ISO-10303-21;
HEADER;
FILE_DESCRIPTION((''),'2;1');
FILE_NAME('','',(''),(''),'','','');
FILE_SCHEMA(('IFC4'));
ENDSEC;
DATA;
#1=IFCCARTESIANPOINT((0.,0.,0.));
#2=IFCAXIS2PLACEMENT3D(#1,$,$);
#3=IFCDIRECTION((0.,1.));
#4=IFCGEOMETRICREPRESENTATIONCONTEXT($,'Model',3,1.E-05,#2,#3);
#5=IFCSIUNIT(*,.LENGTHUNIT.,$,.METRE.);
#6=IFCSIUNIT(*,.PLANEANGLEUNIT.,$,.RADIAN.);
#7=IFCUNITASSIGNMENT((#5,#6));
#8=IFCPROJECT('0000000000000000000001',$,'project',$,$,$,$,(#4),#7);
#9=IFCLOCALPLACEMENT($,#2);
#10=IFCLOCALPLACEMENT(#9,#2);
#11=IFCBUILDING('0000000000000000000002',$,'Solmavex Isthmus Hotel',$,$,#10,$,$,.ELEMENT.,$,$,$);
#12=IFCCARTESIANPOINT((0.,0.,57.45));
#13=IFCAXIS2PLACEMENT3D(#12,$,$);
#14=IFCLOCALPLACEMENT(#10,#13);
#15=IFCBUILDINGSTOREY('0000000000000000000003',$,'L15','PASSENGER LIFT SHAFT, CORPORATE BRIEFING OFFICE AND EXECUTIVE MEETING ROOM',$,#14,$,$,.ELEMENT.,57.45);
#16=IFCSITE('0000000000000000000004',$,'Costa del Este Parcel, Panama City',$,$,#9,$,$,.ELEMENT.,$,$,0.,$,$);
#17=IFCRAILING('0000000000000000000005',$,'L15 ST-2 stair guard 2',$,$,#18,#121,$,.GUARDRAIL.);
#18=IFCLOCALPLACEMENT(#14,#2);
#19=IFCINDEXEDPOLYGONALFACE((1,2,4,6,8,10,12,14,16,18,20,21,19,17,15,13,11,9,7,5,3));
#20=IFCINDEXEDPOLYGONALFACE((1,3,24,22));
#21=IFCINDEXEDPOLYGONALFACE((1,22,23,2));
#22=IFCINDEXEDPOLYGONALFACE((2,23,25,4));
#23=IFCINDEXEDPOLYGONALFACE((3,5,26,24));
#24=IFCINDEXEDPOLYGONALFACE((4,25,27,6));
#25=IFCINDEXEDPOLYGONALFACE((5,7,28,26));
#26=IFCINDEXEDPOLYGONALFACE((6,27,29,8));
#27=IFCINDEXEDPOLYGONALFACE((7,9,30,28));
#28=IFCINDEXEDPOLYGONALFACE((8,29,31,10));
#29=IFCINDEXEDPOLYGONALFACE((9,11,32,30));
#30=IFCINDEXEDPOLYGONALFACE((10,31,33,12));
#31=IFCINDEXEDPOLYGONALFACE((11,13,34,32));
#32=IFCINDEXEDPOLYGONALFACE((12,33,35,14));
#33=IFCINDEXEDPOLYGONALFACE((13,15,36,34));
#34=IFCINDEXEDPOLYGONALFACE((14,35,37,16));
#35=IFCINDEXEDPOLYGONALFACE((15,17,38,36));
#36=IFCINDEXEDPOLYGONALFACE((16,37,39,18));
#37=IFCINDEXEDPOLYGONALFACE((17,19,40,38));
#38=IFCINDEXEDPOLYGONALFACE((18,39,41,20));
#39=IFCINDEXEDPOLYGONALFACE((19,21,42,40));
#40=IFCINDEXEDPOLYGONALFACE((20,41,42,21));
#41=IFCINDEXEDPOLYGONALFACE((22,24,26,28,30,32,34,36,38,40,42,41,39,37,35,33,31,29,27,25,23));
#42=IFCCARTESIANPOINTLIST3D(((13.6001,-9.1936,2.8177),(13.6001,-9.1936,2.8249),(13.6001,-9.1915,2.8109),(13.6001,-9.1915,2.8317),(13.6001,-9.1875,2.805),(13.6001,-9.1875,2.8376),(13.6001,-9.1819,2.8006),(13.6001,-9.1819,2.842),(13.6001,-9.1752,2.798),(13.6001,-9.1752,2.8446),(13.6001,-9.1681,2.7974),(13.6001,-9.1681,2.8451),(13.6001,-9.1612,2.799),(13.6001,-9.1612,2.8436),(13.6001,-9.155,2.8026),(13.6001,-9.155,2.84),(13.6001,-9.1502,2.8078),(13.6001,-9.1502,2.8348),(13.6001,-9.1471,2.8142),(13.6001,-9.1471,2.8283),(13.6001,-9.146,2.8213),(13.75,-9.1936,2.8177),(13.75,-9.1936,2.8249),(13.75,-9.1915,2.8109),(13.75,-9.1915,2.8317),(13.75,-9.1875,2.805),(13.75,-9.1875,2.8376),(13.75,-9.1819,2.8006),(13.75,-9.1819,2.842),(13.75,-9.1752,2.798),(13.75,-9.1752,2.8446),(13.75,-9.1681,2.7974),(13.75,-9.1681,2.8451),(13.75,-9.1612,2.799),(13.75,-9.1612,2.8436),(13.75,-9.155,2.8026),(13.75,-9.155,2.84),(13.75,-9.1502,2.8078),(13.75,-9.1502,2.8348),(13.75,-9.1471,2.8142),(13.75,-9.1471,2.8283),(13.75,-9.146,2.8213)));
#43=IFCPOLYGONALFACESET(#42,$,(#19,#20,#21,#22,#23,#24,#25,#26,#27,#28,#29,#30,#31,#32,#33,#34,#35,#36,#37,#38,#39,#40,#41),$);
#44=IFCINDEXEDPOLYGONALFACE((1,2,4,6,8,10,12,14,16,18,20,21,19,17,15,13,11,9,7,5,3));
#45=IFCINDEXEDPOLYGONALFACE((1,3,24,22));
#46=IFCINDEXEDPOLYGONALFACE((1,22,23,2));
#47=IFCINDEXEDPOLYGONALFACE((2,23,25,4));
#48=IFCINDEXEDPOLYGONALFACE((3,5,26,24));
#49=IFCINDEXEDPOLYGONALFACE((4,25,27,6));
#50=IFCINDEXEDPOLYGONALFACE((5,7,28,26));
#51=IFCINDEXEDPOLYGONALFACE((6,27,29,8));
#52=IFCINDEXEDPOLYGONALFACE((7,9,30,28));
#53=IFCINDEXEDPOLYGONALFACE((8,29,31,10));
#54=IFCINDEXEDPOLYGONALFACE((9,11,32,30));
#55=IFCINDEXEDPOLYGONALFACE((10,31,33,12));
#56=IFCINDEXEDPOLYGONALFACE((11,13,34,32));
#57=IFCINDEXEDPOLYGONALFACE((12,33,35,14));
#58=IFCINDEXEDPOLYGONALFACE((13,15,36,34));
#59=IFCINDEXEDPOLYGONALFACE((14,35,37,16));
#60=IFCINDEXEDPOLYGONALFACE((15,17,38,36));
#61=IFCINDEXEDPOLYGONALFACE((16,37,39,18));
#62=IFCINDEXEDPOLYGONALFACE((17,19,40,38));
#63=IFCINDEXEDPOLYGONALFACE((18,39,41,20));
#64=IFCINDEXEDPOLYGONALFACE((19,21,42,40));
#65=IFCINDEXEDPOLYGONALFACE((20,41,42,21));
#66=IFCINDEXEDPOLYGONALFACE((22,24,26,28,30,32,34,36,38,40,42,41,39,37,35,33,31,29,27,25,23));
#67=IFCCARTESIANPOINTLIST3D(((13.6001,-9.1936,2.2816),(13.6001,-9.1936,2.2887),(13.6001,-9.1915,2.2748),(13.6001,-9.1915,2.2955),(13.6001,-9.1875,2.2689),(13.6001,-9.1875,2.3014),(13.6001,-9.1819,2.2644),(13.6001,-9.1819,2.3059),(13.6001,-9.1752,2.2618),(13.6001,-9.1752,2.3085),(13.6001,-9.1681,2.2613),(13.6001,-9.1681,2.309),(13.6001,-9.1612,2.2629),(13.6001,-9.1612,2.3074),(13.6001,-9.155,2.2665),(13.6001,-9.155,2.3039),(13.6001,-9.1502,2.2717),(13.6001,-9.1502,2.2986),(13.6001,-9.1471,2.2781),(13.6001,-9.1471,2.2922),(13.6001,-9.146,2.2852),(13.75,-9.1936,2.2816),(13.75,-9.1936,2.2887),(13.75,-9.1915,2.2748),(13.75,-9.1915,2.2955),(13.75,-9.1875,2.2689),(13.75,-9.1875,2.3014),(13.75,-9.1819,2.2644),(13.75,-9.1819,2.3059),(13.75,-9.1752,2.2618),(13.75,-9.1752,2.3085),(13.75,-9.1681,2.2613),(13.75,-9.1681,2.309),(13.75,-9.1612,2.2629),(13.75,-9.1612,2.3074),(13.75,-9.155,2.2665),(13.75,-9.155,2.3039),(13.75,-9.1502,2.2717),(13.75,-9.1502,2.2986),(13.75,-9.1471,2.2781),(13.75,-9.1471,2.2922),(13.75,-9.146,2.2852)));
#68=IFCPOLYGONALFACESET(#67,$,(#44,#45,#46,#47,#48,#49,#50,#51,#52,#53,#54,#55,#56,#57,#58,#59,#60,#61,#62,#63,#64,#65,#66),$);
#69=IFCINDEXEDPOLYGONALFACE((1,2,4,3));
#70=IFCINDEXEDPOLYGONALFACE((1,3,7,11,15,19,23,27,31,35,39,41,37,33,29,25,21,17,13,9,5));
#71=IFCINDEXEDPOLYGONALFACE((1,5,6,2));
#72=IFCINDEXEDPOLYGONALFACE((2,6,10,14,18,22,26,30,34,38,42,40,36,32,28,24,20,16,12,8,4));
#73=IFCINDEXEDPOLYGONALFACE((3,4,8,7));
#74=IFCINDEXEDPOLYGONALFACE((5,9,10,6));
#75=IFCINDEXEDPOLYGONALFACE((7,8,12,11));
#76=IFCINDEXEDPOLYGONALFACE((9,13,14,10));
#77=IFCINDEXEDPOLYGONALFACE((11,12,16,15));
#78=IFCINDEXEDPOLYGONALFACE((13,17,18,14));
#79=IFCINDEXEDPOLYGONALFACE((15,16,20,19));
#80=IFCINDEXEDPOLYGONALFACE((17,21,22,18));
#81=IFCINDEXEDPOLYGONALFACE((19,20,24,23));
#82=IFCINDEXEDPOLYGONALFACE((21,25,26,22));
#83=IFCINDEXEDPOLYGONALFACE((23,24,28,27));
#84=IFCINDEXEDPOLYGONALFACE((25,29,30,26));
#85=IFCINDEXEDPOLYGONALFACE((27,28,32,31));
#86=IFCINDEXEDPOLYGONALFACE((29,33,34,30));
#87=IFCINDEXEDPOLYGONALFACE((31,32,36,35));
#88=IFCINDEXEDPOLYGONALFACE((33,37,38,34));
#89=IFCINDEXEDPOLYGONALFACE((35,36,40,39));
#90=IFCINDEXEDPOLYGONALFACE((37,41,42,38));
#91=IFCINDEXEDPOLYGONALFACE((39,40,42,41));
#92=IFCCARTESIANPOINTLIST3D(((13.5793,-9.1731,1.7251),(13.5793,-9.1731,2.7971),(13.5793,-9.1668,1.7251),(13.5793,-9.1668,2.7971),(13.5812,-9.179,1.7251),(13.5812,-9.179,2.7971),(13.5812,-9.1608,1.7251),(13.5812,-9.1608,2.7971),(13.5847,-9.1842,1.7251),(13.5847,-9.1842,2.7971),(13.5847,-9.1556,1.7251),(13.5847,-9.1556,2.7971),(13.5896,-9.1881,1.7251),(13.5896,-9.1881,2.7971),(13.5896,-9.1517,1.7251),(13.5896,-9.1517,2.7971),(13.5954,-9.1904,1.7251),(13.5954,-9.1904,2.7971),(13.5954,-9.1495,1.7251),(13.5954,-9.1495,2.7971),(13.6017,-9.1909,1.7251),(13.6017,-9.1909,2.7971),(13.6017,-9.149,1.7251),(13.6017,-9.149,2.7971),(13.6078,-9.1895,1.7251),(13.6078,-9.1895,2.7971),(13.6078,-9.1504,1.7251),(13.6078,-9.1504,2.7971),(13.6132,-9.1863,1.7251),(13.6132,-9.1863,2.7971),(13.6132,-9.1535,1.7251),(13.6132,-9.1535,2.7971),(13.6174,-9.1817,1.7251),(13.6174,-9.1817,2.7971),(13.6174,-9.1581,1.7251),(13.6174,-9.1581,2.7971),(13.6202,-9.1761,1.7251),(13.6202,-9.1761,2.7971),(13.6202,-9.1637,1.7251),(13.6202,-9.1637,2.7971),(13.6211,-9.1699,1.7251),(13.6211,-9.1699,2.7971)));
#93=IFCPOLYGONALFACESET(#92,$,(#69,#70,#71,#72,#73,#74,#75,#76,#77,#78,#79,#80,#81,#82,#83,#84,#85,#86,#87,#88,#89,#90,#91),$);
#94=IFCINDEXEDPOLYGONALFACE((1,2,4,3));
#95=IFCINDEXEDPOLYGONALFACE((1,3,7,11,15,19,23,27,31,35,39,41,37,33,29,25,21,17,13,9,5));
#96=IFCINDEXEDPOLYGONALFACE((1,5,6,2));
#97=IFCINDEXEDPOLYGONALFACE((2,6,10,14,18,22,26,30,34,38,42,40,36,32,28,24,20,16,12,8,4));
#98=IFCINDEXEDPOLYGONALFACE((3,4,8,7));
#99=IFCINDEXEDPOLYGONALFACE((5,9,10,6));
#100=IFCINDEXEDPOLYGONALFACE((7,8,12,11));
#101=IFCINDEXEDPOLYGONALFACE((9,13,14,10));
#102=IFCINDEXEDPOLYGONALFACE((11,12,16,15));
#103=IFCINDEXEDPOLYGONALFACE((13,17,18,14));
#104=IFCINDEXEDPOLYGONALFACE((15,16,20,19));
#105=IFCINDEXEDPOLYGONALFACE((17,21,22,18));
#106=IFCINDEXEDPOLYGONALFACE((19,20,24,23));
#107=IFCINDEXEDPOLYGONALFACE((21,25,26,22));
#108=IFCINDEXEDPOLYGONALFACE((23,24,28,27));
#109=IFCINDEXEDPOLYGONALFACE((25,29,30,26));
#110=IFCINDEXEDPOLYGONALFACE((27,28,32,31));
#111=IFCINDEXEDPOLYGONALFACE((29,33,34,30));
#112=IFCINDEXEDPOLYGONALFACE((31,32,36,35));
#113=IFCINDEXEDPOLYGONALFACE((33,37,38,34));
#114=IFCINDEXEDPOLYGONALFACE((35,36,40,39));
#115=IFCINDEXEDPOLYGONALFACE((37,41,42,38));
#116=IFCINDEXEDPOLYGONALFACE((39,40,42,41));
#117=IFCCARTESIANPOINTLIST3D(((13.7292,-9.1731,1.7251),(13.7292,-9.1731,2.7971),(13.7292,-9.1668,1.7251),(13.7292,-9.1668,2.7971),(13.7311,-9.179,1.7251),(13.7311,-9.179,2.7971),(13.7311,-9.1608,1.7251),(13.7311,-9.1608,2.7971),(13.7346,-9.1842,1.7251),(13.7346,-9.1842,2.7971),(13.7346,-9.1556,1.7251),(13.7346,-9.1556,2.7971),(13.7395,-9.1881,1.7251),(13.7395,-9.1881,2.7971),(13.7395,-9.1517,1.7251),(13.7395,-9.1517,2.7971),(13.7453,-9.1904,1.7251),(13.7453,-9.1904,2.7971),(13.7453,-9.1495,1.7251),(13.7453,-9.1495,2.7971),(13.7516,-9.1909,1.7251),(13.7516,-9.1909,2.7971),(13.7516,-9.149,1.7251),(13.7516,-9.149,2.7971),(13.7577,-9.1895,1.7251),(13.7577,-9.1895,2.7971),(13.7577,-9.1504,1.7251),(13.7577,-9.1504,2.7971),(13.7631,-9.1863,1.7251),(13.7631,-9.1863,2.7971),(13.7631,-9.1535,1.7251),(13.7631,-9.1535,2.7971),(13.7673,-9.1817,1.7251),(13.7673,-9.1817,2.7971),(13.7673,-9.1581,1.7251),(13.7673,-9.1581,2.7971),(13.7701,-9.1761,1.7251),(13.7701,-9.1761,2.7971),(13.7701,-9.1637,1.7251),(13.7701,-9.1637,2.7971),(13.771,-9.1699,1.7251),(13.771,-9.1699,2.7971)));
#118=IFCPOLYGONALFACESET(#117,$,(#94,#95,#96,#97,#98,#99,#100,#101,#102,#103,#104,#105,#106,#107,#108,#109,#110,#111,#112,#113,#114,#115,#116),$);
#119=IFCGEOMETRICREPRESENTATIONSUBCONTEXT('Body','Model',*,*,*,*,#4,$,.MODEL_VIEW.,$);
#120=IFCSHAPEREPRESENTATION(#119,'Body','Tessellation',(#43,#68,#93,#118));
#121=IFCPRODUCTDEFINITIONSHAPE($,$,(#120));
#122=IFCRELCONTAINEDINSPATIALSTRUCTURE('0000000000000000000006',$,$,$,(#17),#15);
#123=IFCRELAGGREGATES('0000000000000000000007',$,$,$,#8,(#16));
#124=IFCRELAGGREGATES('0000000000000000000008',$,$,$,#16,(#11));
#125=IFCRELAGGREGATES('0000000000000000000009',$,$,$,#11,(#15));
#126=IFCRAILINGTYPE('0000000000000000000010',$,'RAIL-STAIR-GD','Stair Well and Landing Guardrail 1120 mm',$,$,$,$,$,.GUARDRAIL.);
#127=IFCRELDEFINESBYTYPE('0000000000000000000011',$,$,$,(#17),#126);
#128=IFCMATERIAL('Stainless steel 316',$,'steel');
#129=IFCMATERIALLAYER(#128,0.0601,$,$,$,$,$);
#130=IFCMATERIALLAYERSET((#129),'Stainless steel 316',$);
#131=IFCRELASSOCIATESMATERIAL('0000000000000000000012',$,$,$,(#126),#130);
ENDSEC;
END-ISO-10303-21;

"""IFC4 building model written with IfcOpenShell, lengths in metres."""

from ifc_helpers import new_model, si_unit, direction, frame, origin, origin_2d, place, context, subcontext, project, spatial, circle, extrude, material, layer, layer_set, type_object, element, save


model = new_model("IFC4")

# Units and contexts
model_context = context("Model", 3, precision=1e-05, world=origin(), true_north=direction((0.0, 1.0)))
body_context = subcontext(model_context, "Body", "Model", "MODEL_VIEW")
ifc_project = project(units=[si_unit("LENGTHUNIT", "METRE"), si_unit("PLANEANGLEUNIT", "RADIAN")], contexts=[model_context])

# Site, building, storey
site_placement = place(None, origin())
site = spatial("IfcSite", under=ifc_project, at=site_placement, Name="Costa del Este Parcel, Panama City", CompositionType="ELEMENT", RefElevation=0.0)
building_placement = place(site_placement, origin())
building = spatial("IfcBuilding", under=site, at=building_placement, Name="Solmavex Isthmus Hotel", CompositionType="ELEMENT")
storey_placement = place(building_placement, frame((0.0, 0.0, 57.45)))
storey = spatial("IfcBuildingStorey", under=building, at=storey_placement, Name="L15", Description="PASSENGER LIFT SHAFT, CORPORATE BRIEFING OFFICE AND EXECUTIVE MEETING ROOM", CompositionType="ELEMENT", Elevation=57.45)

# Railing
ifc_material_1 = material(Name="Stainless steel 316", Category="steel")
ifc_layer_1 = layer(ifc_material_1, 0.0601)
ifc_layer_set_1 = layer_set([ifc_layer_1], Name="Stainless steel 316")
railing_type_1 = type_object("IfcRailingType", Name="RAIL-STAIR-GD", Description="Stair Well and Landing Guardrail 1120 mm", PredefinedType="GUARDRAIL", material=ifc_layer_set_1)
railing_1_placement = place(storey_placement, frame((13.6001, -9.1699, 1.7251)))
element("IfcRailing", 1, at=railing_1_placement, inside=storey, type_object=railing_type_1, Name="L15 ST-2 stair guard 2", PredefinedType="GUARDRAIL", context=body_context, shape_type="SweptSolid", body=[
    extrude(circle(Radius=0.0239, at=origin_2d()), frame((0.0, 0.0, 1.0962), z_axis=(1.0, 0.0, 0.0), x_axis=(0.0, 1.0, 0.0)), (0.0, 0.0, 1.0), 0.1499),
    extrude(circle(Radius=0.0239, at=origin_2d()), frame((0.0, 0.0, 0.5601), z_axis=(1.0, 0.0, 0.0), x_axis=(0.0, 1.0, 0.0)), (0.0, 0.0, 1.0), 0.1499),
    extrude(circle(Radius=0.021, at=origin_2d()), origin(), (0.0, 0.0, 1.0), 1.072),
    extrude(circle(Radius=0.021, at=origin_2d()), frame((0.1499, 0.0, 0.0)), (0.0, 0.0, 1.0), 1.072),
])

save(model, "model.ifc")
